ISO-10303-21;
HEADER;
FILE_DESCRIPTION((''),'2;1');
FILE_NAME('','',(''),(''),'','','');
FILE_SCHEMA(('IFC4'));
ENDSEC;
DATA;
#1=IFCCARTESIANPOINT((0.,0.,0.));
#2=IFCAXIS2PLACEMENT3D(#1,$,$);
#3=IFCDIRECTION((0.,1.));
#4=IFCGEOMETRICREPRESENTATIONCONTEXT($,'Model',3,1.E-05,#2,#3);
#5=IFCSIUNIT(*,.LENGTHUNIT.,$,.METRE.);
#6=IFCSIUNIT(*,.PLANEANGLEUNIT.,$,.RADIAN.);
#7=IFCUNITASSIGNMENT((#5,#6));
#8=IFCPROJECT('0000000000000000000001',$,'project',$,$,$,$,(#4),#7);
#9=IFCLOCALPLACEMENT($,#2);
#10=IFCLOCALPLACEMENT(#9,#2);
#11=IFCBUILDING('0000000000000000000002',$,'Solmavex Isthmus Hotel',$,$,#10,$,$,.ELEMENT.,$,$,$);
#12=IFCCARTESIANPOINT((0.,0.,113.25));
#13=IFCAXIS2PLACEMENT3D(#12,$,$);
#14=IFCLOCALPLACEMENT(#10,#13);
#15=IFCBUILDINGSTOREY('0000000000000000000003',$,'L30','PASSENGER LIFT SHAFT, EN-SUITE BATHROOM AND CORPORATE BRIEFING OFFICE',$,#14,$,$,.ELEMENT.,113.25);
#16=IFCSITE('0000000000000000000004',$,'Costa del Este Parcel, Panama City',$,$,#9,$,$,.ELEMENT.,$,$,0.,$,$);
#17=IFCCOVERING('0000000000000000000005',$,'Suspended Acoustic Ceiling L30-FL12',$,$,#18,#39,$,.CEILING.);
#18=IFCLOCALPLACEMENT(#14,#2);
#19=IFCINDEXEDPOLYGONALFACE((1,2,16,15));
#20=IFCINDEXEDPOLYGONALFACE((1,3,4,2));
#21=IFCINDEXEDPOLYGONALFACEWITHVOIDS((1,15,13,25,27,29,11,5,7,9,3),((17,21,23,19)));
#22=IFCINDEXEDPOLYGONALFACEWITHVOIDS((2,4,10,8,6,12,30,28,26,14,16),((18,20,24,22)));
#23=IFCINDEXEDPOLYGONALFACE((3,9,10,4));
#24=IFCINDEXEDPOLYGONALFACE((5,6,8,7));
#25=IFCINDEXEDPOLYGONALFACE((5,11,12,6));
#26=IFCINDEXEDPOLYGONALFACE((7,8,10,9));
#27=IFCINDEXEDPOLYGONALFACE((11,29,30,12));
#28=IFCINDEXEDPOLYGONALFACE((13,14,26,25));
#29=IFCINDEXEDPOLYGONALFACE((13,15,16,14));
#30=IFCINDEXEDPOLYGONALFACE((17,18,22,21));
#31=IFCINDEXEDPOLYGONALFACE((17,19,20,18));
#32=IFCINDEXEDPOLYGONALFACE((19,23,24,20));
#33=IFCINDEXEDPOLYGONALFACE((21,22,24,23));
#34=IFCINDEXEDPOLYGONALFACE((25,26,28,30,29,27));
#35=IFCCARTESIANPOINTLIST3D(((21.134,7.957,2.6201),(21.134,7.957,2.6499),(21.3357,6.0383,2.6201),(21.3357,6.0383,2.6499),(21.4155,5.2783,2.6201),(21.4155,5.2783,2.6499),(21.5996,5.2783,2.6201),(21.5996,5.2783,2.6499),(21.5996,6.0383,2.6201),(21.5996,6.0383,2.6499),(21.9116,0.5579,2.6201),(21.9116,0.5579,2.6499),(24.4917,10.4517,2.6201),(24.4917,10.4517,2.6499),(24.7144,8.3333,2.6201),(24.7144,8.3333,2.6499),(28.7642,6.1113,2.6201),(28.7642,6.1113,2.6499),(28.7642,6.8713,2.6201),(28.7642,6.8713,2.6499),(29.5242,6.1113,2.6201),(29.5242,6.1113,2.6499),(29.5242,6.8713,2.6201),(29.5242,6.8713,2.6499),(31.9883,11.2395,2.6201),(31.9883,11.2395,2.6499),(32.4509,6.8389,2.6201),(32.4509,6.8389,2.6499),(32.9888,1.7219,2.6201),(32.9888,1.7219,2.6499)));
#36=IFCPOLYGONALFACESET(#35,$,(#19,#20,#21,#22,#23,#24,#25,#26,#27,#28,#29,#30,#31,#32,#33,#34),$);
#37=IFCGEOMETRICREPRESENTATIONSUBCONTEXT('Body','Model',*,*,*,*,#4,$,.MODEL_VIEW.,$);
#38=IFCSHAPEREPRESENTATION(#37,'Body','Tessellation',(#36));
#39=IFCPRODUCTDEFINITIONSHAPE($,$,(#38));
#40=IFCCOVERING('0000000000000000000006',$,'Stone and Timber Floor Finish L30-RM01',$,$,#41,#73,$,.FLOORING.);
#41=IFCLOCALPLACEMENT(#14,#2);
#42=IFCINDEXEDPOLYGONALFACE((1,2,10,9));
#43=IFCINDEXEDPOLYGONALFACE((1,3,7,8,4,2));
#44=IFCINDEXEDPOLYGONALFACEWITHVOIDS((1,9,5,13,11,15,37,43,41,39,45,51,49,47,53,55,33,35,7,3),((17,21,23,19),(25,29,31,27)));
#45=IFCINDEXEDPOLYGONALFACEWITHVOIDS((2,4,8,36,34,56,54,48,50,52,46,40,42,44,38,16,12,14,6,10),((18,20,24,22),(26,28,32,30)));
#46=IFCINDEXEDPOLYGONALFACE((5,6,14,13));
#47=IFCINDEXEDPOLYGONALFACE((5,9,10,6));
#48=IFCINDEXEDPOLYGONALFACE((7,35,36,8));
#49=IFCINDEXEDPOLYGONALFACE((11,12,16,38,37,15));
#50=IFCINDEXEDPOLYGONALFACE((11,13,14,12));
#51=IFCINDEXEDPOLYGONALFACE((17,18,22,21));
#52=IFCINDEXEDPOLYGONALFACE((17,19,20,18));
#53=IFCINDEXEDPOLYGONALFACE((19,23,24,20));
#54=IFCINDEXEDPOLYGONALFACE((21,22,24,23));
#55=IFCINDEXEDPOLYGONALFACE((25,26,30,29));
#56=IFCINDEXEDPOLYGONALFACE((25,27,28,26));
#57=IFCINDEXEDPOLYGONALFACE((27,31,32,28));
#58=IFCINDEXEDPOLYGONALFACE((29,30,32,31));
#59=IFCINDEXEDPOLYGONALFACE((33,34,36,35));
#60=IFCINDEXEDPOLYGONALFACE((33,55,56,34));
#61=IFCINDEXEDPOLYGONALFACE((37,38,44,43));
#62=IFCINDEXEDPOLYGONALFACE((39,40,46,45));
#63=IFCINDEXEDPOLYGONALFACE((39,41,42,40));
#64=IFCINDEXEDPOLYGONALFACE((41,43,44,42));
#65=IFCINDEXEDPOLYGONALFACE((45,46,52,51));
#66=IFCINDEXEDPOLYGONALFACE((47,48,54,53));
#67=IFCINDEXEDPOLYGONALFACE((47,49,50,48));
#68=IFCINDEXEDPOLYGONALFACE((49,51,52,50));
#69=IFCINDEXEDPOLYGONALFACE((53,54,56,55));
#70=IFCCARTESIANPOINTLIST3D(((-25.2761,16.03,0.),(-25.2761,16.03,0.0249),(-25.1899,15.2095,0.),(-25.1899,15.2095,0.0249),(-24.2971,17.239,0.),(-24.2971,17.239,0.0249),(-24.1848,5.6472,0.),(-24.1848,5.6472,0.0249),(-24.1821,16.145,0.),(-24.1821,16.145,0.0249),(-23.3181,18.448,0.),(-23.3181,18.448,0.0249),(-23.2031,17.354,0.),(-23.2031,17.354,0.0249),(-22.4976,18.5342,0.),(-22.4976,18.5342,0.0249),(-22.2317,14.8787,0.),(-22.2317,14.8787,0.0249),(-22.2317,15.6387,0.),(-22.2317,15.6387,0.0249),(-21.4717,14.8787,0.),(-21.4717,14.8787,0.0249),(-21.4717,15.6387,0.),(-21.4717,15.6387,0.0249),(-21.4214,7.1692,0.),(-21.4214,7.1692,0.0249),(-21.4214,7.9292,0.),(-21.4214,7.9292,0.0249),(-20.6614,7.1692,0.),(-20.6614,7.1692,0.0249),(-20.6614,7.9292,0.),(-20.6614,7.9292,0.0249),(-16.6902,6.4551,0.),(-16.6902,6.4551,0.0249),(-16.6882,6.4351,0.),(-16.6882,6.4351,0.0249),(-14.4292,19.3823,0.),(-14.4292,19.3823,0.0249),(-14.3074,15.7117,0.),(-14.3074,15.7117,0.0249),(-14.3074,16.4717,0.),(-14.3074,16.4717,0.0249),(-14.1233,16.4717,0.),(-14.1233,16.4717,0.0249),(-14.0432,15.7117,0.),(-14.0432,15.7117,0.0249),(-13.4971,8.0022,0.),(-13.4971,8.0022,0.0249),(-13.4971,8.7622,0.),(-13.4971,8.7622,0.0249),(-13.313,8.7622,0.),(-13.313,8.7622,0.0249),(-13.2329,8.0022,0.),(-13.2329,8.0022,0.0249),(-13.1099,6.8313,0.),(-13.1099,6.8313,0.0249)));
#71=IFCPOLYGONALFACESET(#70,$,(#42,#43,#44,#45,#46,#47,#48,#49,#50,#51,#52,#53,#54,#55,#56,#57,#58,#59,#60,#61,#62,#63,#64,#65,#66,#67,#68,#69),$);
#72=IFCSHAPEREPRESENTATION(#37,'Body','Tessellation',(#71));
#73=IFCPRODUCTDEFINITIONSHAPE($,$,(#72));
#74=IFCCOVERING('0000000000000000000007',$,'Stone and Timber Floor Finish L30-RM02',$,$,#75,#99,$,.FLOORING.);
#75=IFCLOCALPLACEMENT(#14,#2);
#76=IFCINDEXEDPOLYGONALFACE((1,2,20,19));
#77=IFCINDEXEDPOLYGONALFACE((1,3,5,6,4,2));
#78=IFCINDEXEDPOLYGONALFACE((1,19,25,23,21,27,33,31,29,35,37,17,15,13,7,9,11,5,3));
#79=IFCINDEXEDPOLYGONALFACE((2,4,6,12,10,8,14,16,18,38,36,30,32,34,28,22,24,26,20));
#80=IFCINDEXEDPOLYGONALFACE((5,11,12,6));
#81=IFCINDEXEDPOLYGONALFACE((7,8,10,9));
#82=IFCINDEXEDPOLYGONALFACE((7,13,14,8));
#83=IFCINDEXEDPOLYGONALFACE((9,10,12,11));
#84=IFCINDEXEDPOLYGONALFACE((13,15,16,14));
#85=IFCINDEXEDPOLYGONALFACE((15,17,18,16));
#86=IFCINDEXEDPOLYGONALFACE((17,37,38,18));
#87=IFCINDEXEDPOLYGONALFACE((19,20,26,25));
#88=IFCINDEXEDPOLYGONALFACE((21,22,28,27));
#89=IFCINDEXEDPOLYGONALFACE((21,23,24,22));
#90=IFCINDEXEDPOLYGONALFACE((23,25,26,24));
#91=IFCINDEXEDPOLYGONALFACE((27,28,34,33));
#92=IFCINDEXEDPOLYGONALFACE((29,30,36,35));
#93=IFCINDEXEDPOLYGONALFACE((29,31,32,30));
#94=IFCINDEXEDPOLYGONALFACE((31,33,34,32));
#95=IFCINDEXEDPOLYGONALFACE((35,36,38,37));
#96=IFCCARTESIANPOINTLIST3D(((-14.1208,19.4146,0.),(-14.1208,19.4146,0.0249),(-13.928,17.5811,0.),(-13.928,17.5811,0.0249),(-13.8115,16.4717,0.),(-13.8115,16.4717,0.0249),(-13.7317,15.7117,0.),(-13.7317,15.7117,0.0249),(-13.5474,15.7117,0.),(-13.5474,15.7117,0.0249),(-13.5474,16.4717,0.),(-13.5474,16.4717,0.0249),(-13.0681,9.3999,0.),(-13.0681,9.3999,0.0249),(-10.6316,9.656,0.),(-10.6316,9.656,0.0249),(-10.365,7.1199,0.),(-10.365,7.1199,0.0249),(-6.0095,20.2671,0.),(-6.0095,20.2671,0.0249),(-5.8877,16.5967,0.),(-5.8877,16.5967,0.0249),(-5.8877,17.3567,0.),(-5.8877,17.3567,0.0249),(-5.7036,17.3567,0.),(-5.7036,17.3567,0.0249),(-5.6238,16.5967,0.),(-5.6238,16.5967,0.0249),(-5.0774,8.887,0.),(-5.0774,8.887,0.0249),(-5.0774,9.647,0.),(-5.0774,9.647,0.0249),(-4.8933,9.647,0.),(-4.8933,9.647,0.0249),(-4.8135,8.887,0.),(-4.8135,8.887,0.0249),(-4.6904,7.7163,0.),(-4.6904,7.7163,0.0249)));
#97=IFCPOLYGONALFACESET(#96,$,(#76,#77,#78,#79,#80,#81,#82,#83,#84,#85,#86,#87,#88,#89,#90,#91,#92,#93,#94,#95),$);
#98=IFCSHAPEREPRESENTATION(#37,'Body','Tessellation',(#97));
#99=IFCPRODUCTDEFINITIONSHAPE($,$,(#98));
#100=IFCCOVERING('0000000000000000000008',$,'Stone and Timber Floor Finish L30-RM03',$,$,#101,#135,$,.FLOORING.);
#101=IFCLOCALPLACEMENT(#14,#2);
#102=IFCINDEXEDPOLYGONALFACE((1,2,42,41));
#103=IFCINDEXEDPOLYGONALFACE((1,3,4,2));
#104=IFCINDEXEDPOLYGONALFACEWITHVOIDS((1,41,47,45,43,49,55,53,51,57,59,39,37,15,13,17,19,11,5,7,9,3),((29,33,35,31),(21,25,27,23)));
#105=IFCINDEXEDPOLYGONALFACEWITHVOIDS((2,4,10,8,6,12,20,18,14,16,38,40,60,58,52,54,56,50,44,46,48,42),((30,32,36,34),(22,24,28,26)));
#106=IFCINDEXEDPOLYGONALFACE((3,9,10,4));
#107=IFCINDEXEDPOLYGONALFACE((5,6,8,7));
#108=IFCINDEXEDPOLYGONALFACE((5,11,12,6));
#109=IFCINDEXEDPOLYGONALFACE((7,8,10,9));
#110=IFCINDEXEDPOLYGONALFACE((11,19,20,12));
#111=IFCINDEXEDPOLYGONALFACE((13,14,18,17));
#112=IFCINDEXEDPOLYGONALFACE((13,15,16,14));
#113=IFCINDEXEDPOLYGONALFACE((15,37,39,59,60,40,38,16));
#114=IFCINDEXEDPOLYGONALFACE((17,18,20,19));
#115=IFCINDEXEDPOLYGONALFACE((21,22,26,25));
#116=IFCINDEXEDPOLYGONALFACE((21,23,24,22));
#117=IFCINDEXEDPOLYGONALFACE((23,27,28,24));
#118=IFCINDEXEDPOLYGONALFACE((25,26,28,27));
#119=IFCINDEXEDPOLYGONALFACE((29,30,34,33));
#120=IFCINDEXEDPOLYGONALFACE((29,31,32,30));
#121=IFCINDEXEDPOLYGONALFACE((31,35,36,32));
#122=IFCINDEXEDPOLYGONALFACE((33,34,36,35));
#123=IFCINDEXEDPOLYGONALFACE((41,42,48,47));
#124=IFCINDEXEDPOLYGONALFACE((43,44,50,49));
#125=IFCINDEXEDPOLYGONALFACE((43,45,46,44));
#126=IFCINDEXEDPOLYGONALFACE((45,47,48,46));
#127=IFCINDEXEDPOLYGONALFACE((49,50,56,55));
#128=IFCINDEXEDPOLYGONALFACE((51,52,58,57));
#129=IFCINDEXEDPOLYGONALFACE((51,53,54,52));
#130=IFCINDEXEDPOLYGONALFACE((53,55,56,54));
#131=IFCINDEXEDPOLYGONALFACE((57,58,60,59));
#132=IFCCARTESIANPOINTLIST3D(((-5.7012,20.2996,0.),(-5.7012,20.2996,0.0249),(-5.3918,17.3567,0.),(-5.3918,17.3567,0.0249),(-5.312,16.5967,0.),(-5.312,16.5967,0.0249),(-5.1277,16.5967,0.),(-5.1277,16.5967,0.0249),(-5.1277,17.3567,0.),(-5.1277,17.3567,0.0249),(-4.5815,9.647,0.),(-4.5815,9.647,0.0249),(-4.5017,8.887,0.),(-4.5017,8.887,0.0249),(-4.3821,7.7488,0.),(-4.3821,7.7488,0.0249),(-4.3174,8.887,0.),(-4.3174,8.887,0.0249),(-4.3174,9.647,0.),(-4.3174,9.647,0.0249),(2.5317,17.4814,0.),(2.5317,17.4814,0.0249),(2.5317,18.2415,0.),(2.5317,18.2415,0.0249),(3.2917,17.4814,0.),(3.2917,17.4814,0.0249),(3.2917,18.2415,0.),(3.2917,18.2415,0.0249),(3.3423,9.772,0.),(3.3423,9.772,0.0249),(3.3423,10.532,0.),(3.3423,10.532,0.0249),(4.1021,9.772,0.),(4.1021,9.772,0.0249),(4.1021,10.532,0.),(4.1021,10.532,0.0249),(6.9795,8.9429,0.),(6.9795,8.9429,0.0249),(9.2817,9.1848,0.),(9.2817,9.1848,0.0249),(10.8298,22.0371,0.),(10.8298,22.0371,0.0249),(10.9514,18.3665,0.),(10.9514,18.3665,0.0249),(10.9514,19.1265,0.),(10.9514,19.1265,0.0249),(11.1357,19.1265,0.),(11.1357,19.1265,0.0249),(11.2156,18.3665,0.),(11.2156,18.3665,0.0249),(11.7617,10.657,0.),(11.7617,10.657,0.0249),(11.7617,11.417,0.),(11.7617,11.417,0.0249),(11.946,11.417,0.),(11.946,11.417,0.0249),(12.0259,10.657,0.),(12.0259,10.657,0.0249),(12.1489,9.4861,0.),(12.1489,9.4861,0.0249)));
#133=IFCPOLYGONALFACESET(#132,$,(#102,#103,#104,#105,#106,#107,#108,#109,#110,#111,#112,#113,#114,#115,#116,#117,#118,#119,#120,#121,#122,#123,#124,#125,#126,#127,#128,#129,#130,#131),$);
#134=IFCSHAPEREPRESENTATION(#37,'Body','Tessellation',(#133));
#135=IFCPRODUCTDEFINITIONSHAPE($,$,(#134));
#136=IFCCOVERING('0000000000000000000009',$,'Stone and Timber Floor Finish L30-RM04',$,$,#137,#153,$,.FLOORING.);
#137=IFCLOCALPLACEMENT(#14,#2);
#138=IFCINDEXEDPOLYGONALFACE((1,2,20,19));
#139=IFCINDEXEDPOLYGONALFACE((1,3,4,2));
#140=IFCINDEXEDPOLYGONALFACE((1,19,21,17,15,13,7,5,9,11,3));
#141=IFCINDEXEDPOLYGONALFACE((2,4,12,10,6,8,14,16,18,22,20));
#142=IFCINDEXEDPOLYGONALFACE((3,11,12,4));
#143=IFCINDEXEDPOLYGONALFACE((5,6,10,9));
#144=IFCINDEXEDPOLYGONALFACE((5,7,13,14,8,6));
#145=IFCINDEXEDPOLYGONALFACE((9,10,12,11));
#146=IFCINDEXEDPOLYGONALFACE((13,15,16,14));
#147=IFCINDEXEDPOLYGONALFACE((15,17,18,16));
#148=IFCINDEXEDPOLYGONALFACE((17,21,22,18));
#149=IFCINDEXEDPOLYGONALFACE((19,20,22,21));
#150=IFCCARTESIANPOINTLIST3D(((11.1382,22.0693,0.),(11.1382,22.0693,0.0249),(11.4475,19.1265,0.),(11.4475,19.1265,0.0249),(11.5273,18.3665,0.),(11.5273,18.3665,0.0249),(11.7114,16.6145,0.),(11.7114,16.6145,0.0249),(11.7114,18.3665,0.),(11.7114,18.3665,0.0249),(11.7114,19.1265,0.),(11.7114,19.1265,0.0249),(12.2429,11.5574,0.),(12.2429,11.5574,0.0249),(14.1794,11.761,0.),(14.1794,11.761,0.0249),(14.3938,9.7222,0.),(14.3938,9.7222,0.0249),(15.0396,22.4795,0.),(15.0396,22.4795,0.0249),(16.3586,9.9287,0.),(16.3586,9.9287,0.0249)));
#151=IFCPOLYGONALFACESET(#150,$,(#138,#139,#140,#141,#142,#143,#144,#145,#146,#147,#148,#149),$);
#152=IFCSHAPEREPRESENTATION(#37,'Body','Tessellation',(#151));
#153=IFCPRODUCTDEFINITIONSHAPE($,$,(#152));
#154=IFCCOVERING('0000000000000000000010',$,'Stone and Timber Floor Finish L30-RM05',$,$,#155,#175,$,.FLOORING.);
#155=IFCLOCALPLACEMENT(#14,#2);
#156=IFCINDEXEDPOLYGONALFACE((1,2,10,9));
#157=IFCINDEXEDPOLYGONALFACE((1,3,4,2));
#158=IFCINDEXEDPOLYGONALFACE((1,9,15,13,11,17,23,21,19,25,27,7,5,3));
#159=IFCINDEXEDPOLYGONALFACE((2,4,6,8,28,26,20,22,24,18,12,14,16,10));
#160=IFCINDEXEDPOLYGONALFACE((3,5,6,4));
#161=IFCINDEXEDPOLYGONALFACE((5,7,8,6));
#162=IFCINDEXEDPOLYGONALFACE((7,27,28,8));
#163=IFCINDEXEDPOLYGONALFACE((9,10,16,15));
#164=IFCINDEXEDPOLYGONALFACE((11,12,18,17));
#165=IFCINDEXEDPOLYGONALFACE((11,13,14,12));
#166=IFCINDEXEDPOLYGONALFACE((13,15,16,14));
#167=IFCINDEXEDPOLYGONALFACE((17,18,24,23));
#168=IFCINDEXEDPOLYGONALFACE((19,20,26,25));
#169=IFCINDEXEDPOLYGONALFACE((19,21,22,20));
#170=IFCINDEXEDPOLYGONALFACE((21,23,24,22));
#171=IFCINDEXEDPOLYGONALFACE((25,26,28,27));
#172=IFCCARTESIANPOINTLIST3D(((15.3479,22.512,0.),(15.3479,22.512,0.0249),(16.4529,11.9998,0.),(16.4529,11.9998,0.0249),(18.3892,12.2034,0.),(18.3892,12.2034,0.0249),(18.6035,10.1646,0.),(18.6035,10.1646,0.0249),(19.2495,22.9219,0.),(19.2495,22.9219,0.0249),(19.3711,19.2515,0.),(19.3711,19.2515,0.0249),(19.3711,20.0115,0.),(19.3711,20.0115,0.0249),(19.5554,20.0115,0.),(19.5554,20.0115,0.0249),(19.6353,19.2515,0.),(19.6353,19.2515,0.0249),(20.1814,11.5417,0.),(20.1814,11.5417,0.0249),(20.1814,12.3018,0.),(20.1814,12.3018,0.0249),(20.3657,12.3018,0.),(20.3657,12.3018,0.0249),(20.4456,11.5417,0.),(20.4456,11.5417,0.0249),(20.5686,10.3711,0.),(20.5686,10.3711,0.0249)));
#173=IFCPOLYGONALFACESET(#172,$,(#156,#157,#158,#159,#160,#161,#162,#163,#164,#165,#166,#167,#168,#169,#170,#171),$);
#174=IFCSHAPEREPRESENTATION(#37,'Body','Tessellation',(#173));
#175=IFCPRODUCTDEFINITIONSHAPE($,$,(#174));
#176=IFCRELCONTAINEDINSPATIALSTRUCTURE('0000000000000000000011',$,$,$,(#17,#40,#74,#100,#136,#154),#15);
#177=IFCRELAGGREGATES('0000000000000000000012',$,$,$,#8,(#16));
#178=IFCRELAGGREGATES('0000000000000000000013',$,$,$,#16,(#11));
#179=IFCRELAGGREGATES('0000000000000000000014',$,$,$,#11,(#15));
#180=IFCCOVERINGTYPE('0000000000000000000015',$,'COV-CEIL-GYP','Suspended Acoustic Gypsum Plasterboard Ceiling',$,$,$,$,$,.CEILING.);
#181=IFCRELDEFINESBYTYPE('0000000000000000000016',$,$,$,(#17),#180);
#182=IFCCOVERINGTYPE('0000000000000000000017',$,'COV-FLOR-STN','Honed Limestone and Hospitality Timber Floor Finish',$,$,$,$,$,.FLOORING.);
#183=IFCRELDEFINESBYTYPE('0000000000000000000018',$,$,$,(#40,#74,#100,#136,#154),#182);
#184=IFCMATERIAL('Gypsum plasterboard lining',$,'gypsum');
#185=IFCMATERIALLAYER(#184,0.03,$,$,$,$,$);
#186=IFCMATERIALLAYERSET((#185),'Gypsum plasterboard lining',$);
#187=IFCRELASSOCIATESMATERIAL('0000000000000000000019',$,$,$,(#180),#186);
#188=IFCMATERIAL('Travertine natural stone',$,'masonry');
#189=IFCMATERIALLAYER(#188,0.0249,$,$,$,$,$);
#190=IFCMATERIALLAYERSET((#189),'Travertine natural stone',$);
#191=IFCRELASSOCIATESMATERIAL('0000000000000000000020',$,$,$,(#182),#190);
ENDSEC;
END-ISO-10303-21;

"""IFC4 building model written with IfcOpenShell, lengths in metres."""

from ifc_helpers import new_model, si_unit, direction, frame, origin, place, context, subcontext, project, spatial, polyline, outline, extrude, material, layer, layer_set, type_object, element, save


model = new_model("IFC4")

# Units and contexts
model_context = context("Model", 3, precision=1e-05, world=origin(), true_north=direction((0.0, 1.0)))
body_context = subcontext(model_context, "Body", "Model", "MODEL_VIEW")
ifc_project = project(units=[si_unit("LENGTHUNIT", "METRE"), si_unit("PLANEANGLEUNIT", "RADIAN")], contexts=[model_context])

# Site, building, storey
site_placement = place(None, origin())
site = spatial("IfcSite", under=ifc_project, at=site_placement, Name="Costa del Este Parcel, Panama City", CompositionType="ELEMENT", RefElevation=0.0)
building_placement = place(site_placement, origin())
building = spatial("IfcBuilding", under=site, at=building_placement, Name="Solmavex Isthmus Hotel", CompositionType="ELEMENT")
storey_placement = place(building_placement, frame((0.0, 0.0, 113.25)))
storey = spatial("IfcBuildingStorey", under=building, at=storey_placement, Name="L30", Description="PASSENGER LIFT SHAFT, EN-SUITE BATHROOM AND CORPORATE BRIEFING OFFICE", CompositionType="ELEMENT", Elevation=113.25)

# Coverings
ifc_material_1 = material(Name="Gypsum plasterboard lining", Category="gypsum")
ifc_layer_1 = layer(ifc_material_1, 0.03)
ifc_layer_set_1 = layer_set([ifc_layer_1], Name="Gypsum plasterboard lining")
covering_type_1 = type_object("IfcCoveringType", Name="COV-CEIL-GYP", Description="Suspended Acoustic Gypsum Plasterboard Ceiling", PredefinedType="CEILING", material=ifc_layer_set_1)
covering_1_placement = place(storey_placement, frame((0.0, 0.0, 2.6201)))
element("IfcCovering", 1, at=covering_1_placement, inside=storey, type_object=covering_type_1, Name="Suspended Acoustic Ceiling L30-FL12", PredefinedType="CEILING", context=body_context, shape_type="SweptSolid", body=[
    extrude(outline(polyline([(21.3357, 6.0383), (21.5996, 6.0383), (21.5996, 5.2783), (21.4155, 5.2783), (21.9116, 0.5579), (32.9888, 1.7219), (32.4509, 6.8389), (31.9883, 11.2395), (24.4917, 10.4517), (24.7144, 8.3333), (21.134, 7.957), (21.3357, 6.0383)]), holes=[polyline([(28.7642, 6.1113), (28.7642, 6.8713), (29.5242, 6.8713), (29.5242, 6.1113), (28.7642, 6.1113)])]), origin(), (0.0, 0.0, 1.0), 0.0298),
])
ifc_material_2 = material(Name="Travertine natural stone", Category="masonry")
ifc_layer_2 = layer(ifc_material_2, 0.0249)
ifc_layer_set_2 = layer_set([ifc_layer_2], Name="Travertine natural stone")
covering_type_2 = type_object("IfcCoveringType", Name="COV-FLOR-STN", Description="Honed Limestone and Hospitality Timber Floor Finish", PredefinedType="FLOORING", material=ifc_layer_set_2)
covering_2_placement = place(storey_placement, origin())
element("IfcCovering", 2, at=covering_2_placement, inside=storey, type_object=covering_type_2, Name="Stone and Timber Floor Finish L30-RM01", PredefinedType="FLOORING", context=body_context, shape_type="SweptSolid", body=[
    extrude(outline(polyline([(-16.6882, 6.4351), (-16.6902, 6.4551), (-13.1099, 6.8313), (-13.2329, 8.0022), (-13.4971, 8.0022), (-13.4971, 8.7622), (-13.313, 8.7622), (-14.0432, 15.7117), (-14.3074, 15.7117), (-14.3074, 16.4717), (-14.1233, 16.4717), (-14.4292, 19.3823), (-22.4976, 18.5342), (-23.3181, 18.448), (-23.2031, 17.354), (-24.2971, 17.239), (-24.1821, 16.145), (-25.2761, 16.03), (-25.1899, 15.2095), (-24.1848, 5.6472), (-16.6882, 6.4351)]), holes=[polyline([(-21.4214, 7.1692), (-21.4214, 7.9292), (-20.6614, 7.9292), (-20.6614, 7.1692), (-21.4214, 7.1692)]), polyline([(-22.2317, 14.8787), (-22.2317, 15.6387), (-21.4717, 15.6387), (-21.4717, 14.8787), (-22.2317, 14.8787)])]), origin(), (0.0, 0.0, 1.0), 0.0249),
])
covering_3_placement = place(storey_placement, origin())
element("IfcCovering", 3, at=covering_3_placement, inside=storey, type_object=covering_type_2, Name="Stone and Timber Floor Finish L30-RM02", PredefinedType="FLOORING", context=body_context, shape_type="SweptSolid", body=[
    extrude(outline(polyline([(-13.8115, 16.4717), (-13.5474, 16.4717), (-13.5474, 15.7117), (-13.7317, 15.7117), (-13.0681, 9.3999), (-10.6316, 9.656), (-10.365, 7.1199), (-4.6904, 7.7163), (-4.8135, 8.887), (-5.0774, 8.887), (-5.0774, 9.647), (-4.8933, 9.647), (-5.6238, 16.5967), (-5.8877, 16.5967), (-5.8877, 17.3567), (-5.7036, 17.3567), (-6.0095, 20.2671), (-14.1208, 19.4146), (-13.928, 17.5811), (-13.8115, 16.4717)])), origin(), (0.0, 0.0, 1.0), 0.0249),
])
covering_4_placement = place(storey_placement, origin())
element("IfcCovering", 4, at=covering_4_placement, inside=storey, type_object=covering_type_2, Name="Stone and Timber Floor Finish L30-RM03", PredefinedType="FLOORING", context=body_context, shape_type="SweptSolid", body=[
    extrude(outline(polyline([(-4.5815, 9.647), (-4.3174, 9.647), (-4.3174, 8.887), (-4.5017, 8.887), (-4.3821, 7.7488), (6.9795, 8.9429), (9.2817, 9.1848), (12.1489, 9.4861), (12.0259, 10.657), (11.7617, 10.657), (11.7617, 11.417), (11.946, 11.417), (11.2156, 18.3665), (10.9514, 18.3665), (10.9514, 19.1265), (11.1357, 19.1265), (10.8298, 22.0371), (-5.7012, 20.2996), (-5.3918, 17.3567), (-5.1277, 17.3567), (-5.1277, 16.5967), (-5.312, 16.5967), (-4.5815, 9.647)]), holes=[polyline([(3.3423, 9.772), (3.3423, 10.532), (4.1021, 10.532), (4.1021, 9.772), (3.3423, 9.772)]), polyline([(2.5317, 17.4814), (2.5317, 18.2415), (3.2917, 18.2415), (3.2917, 17.4814), (2.5317, 17.4814)])]), origin(), (0.0, 0.0, 1.0), 0.0249),
])
covering_5_placement = place(storey_placement, origin())
element("IfcCovering", 5, at=covering_5_placement, inside=storey, type_object=covering_type_2, Name="Stone and Timber Floor Finish L30-RM04", PredefinedType="FLOORING", context=body_context, shape_type="SweptSolid", body=[
    extrude(outline(polyline([(11.4475, 19.1265), (11.7114, 19.1265), (11.7114, 18.3665), (11.5273, 18.3665), (11.7114, 16.6145), (12.2429, 11.5574), (14.1794, 11.761), (14.3938, 9.7222), (16.3586, 9.9287), (15.0396, 22.4795), (11.1382, 22.0693), (11.4475, 19.1265)])), origin(), (0.0, 0.0, 1.0), 0.0249),
])
covering_6_placement = place(storey_placement, origin())
element("IfcCovering", 6, at=covering_6_placement, inside=storey, type_object=covering_type_2, Name="Stone and Timber Floor Finish L30-RM05", PredefinedType="FLOORING", context=body_context, shape_type="SweptSolid", body=[
    extrude(outline(polyline([(19.6353, 19.2515), (19.3711, 19.2515), (19.3711, 20.0115), (19.5554, 20.0115), (19.2495, 22.9219), (15.3479, 22.512), (16.4529, 11.9998), (18.3892, 12.2034), (18.6035, 10.1646), (20.5686, 10.3711), (20.4456, 11.5417), (20.1814, 11.5417), (20.1814, 12.3018), (20.3657, 12.3018), (19.6353, 19.2515)])), origin(), (0.0, 0.0, 1.0), 0.0249),
])

save(model, "model.ifc")
